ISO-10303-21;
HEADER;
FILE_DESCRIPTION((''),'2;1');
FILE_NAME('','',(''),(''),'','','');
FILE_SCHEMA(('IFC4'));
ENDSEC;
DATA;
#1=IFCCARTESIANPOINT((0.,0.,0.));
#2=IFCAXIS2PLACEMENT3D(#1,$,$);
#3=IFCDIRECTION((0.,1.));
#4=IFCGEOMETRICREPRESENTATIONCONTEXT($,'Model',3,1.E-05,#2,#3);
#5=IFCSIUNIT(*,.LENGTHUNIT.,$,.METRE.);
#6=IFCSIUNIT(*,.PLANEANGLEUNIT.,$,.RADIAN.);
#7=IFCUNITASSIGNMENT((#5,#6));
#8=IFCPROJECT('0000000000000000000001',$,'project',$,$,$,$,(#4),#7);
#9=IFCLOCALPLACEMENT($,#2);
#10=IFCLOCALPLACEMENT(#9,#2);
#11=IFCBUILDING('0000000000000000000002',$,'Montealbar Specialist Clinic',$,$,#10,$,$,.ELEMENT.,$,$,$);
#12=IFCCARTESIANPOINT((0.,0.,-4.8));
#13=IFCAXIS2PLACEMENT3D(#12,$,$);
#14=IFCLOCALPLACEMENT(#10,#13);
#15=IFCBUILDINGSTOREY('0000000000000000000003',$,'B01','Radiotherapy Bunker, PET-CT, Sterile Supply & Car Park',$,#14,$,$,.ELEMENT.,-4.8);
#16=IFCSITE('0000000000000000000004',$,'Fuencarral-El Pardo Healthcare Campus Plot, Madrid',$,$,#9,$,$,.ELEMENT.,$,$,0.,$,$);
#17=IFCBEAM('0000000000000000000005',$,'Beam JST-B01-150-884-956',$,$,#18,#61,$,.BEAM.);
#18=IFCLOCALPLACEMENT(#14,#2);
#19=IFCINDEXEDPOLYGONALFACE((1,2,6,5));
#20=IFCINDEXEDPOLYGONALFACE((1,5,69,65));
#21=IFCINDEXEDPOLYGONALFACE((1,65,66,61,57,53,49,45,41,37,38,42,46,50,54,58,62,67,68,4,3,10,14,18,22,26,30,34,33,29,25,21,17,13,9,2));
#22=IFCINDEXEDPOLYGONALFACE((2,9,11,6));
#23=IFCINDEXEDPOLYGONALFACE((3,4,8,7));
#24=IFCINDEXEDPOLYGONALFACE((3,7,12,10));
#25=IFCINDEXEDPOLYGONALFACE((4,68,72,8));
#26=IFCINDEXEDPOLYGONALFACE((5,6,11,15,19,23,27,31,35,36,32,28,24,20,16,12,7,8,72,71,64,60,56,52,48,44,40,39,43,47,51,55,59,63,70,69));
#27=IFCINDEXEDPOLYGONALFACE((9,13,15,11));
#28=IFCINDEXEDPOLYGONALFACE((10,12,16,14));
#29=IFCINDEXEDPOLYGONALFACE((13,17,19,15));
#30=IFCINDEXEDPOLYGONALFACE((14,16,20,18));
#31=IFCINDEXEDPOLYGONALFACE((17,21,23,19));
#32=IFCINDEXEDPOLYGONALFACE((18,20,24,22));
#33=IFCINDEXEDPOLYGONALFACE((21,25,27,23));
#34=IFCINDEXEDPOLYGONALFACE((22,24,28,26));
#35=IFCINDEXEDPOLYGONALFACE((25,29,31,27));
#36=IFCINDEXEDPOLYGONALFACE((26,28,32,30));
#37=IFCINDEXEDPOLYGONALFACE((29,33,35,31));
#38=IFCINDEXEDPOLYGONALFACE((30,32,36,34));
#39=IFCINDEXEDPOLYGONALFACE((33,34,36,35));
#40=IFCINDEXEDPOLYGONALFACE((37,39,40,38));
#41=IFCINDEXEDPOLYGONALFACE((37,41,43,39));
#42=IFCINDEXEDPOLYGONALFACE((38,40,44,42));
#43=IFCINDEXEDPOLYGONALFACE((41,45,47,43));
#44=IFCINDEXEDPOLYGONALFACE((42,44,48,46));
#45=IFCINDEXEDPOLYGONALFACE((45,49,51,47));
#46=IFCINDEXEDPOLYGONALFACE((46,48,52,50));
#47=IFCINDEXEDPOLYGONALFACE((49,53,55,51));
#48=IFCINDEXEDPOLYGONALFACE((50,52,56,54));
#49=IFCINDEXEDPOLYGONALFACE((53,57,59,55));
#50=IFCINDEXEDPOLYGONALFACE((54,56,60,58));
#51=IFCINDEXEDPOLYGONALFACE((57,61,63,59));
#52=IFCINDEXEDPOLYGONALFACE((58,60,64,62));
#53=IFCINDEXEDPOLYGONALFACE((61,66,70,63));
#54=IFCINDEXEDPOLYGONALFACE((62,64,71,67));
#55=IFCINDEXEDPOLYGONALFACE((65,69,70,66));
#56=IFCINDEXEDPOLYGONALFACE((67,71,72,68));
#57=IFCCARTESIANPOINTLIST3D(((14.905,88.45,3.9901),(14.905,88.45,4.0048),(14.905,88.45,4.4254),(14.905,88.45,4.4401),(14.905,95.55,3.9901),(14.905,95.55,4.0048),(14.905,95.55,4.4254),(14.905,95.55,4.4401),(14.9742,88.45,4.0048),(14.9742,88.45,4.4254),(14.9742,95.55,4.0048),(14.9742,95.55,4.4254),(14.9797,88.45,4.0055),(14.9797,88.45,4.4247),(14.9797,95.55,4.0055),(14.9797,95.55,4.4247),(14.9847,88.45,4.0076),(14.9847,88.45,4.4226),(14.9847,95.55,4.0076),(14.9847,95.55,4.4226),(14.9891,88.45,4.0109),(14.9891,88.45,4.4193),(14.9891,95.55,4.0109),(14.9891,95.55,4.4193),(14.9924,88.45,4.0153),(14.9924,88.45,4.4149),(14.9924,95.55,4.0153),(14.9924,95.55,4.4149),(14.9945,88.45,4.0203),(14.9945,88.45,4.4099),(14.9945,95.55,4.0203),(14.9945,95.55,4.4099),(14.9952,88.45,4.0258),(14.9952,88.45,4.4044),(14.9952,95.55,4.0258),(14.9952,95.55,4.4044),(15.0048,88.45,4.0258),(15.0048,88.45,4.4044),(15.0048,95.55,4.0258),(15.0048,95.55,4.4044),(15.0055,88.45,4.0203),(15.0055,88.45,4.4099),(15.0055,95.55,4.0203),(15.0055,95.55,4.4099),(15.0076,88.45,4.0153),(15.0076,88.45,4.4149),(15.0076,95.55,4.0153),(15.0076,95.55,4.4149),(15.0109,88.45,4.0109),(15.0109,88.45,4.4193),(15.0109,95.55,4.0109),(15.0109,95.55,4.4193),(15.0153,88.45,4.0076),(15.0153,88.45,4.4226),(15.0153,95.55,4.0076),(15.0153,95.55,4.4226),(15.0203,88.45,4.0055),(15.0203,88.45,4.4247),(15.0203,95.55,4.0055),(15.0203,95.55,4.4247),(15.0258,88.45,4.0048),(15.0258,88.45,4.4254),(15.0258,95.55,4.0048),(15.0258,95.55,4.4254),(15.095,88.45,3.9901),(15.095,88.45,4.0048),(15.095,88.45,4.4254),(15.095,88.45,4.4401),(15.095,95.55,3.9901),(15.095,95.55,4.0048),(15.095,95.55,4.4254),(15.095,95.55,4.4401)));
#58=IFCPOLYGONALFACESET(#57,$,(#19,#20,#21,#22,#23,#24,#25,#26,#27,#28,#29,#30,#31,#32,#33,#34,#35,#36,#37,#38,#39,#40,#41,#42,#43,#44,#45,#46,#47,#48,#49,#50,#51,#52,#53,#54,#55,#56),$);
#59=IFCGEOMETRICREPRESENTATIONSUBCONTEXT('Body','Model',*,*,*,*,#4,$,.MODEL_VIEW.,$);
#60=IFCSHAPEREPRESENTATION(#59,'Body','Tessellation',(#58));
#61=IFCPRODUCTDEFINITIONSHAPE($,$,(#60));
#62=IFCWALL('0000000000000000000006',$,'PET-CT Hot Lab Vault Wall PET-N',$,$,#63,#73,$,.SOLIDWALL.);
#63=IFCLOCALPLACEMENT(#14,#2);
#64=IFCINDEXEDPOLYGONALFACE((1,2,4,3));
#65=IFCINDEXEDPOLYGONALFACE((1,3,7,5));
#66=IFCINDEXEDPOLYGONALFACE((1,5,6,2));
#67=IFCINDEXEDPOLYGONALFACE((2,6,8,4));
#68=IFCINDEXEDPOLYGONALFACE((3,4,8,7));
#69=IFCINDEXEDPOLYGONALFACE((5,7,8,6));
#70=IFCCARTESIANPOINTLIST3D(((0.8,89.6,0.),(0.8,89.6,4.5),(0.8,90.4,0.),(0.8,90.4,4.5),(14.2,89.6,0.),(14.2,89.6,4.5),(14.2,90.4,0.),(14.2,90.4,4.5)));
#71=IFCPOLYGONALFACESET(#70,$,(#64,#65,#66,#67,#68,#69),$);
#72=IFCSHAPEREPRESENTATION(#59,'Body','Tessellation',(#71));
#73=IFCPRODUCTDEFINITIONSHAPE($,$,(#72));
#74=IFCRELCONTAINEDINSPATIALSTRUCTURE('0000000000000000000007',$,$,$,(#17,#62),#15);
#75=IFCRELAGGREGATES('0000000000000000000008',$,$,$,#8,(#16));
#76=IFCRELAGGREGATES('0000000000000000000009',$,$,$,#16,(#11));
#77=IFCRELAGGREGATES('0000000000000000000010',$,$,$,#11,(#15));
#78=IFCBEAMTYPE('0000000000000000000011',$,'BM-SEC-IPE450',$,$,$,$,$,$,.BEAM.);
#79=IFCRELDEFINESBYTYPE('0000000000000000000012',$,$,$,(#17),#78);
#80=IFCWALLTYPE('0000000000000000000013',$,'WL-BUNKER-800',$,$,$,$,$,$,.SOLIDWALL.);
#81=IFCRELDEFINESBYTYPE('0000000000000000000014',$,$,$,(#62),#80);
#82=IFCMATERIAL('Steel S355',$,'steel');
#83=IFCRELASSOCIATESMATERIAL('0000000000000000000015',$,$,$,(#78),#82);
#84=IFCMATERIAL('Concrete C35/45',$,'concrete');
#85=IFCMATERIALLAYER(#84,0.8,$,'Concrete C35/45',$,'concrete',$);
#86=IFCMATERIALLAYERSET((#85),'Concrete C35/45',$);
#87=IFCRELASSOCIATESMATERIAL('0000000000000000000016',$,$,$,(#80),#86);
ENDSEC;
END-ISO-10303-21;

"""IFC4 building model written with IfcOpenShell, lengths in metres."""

from ifc_helpers import new_model, si_unit, direction, frame, frame_2d, origin, origin_2d, place, context, subcontext, project, spatial, rectangle, i_section, extrude, material, layer, layer_set, material_profile, profile_set, type_object, element, save


model = new_model("IFC4")

# Units and contexts
model_context = context("Model", 3, precision=1e-05, world=origin(), true_north=direction((0.0, 1.0)))
body_context = subcontext(model_context, "Body", "Model", "MODEL_VIEW")
ifc_project = project(units=[si_unit("LENGTHUNIT", "METRE"), si_unit("PLANEANGLEUNIT", "RADIAN")], contexts=[model_context])

# Site, building, storey
site_placement = place(None, origin())
site = spatial("IfcSite", under=ifc_project, at=site_placement, Name="Fuencarral-El Pardo Healthcare Campus Plot, Madrid", CompositionType="ELEMENT", RefElevation=0.0)
building_placement = place(site_placement, origin())
building = spatial("IfcBuilding", under=site, at=building_placement, Name="Montealbar Specialist Clinic", CompositionType="ELEMENT")
storey_placement = place(building_placement, frame((0.0, 0.0, -4.8)))
storey = spatial("IfcBuildingStorey", under=building, at=storey_placement, Name="B01", Description="Radiotherapy Bunker, PET-CT, Sterile Supply & Car Park", CompositionType="ELEMENT", Elevation=-4.8)

# Shared definitions
ifc_material_1 = material(Name="Concrete C35/45", Category="concrete")

# Beam
ifc_material_2 = material(Name="Steel S355", Category="steel")
ifc_material_profile_1 = material_profile(ifc_material_2, i_section(OverallWidth=0.1899, OverallDepth=0.45, WebThickness=0.0095, FlangeThickness=0.0146, FilletRadius=0.021, at=origin_2d()), Name="IPE 450", Category="steel")
ifc_profile_set_1 = profile_set([ifc_material_profile_1], Name="Steel S355")
beam_type_1 = type_object("IfcBeamType", Name="BM-SEC-IPE450", PredefinedType="BEAM", material=ifc_profile_set_1)
beam_1_placement = place(storey_placement, frame((15.0, 88.45, 4.2151), z_axis=(0.0, 1.0, 0.0), x_axis=(-1.0, 0.0, 0.0)))
element("IfcBeam", 1, at=beam_1_placement, inside=storey, type_object=beam_type_1, Name="Beam JST-B01-150-884-956", PredefinedType="BEAM", context=body_context, shape_type="SweptSolid", body=[
    extrude(i_section(OverallWidth=0.1899, OverallDepth=0.45, WebThickness=0.0095, FlangeThickness=0.0146, FilletRadius=0.021, at=origin_2d()), origin(), (0.0, 0.0, 1.0), 7.1001),
])

# Wall
ifc_layer = layer(ifc_material_1, 0.8, Name="Concrete C35/45", Category="concrete")
ifc_layer_set = layer_set([ifc_layer], Name="Concrete C35/45")
wall_type = type_object("IfcWallType", Name="WL-BUNKER-800", PredefinedType="SOLIDWALL", material=ifc_layer_set)
wall_placement = place(storey_placement, frame((0.8, 90.0, 0.0), z_axis=(0.0, 0.0, 1.0), x_axis=(1.0, 0.0, 0.0)))
element("IfcWall", 2, at=wall_placement, inside=storey, type_object=wall_type, Name="PET-CT Hot Lab Vault Wall PET-N", PredefinedType="SOLIDWALL", context=body_context, shape_type="SweptSolid", body=[
    extrude(rectangle(XDim=13.3999, YDim=0.8, at=frame_2d((6.7, 0.0))), origin(), (0.0, 0.0, 1.0), 4.5),
])

save(model, "model.ifc")
